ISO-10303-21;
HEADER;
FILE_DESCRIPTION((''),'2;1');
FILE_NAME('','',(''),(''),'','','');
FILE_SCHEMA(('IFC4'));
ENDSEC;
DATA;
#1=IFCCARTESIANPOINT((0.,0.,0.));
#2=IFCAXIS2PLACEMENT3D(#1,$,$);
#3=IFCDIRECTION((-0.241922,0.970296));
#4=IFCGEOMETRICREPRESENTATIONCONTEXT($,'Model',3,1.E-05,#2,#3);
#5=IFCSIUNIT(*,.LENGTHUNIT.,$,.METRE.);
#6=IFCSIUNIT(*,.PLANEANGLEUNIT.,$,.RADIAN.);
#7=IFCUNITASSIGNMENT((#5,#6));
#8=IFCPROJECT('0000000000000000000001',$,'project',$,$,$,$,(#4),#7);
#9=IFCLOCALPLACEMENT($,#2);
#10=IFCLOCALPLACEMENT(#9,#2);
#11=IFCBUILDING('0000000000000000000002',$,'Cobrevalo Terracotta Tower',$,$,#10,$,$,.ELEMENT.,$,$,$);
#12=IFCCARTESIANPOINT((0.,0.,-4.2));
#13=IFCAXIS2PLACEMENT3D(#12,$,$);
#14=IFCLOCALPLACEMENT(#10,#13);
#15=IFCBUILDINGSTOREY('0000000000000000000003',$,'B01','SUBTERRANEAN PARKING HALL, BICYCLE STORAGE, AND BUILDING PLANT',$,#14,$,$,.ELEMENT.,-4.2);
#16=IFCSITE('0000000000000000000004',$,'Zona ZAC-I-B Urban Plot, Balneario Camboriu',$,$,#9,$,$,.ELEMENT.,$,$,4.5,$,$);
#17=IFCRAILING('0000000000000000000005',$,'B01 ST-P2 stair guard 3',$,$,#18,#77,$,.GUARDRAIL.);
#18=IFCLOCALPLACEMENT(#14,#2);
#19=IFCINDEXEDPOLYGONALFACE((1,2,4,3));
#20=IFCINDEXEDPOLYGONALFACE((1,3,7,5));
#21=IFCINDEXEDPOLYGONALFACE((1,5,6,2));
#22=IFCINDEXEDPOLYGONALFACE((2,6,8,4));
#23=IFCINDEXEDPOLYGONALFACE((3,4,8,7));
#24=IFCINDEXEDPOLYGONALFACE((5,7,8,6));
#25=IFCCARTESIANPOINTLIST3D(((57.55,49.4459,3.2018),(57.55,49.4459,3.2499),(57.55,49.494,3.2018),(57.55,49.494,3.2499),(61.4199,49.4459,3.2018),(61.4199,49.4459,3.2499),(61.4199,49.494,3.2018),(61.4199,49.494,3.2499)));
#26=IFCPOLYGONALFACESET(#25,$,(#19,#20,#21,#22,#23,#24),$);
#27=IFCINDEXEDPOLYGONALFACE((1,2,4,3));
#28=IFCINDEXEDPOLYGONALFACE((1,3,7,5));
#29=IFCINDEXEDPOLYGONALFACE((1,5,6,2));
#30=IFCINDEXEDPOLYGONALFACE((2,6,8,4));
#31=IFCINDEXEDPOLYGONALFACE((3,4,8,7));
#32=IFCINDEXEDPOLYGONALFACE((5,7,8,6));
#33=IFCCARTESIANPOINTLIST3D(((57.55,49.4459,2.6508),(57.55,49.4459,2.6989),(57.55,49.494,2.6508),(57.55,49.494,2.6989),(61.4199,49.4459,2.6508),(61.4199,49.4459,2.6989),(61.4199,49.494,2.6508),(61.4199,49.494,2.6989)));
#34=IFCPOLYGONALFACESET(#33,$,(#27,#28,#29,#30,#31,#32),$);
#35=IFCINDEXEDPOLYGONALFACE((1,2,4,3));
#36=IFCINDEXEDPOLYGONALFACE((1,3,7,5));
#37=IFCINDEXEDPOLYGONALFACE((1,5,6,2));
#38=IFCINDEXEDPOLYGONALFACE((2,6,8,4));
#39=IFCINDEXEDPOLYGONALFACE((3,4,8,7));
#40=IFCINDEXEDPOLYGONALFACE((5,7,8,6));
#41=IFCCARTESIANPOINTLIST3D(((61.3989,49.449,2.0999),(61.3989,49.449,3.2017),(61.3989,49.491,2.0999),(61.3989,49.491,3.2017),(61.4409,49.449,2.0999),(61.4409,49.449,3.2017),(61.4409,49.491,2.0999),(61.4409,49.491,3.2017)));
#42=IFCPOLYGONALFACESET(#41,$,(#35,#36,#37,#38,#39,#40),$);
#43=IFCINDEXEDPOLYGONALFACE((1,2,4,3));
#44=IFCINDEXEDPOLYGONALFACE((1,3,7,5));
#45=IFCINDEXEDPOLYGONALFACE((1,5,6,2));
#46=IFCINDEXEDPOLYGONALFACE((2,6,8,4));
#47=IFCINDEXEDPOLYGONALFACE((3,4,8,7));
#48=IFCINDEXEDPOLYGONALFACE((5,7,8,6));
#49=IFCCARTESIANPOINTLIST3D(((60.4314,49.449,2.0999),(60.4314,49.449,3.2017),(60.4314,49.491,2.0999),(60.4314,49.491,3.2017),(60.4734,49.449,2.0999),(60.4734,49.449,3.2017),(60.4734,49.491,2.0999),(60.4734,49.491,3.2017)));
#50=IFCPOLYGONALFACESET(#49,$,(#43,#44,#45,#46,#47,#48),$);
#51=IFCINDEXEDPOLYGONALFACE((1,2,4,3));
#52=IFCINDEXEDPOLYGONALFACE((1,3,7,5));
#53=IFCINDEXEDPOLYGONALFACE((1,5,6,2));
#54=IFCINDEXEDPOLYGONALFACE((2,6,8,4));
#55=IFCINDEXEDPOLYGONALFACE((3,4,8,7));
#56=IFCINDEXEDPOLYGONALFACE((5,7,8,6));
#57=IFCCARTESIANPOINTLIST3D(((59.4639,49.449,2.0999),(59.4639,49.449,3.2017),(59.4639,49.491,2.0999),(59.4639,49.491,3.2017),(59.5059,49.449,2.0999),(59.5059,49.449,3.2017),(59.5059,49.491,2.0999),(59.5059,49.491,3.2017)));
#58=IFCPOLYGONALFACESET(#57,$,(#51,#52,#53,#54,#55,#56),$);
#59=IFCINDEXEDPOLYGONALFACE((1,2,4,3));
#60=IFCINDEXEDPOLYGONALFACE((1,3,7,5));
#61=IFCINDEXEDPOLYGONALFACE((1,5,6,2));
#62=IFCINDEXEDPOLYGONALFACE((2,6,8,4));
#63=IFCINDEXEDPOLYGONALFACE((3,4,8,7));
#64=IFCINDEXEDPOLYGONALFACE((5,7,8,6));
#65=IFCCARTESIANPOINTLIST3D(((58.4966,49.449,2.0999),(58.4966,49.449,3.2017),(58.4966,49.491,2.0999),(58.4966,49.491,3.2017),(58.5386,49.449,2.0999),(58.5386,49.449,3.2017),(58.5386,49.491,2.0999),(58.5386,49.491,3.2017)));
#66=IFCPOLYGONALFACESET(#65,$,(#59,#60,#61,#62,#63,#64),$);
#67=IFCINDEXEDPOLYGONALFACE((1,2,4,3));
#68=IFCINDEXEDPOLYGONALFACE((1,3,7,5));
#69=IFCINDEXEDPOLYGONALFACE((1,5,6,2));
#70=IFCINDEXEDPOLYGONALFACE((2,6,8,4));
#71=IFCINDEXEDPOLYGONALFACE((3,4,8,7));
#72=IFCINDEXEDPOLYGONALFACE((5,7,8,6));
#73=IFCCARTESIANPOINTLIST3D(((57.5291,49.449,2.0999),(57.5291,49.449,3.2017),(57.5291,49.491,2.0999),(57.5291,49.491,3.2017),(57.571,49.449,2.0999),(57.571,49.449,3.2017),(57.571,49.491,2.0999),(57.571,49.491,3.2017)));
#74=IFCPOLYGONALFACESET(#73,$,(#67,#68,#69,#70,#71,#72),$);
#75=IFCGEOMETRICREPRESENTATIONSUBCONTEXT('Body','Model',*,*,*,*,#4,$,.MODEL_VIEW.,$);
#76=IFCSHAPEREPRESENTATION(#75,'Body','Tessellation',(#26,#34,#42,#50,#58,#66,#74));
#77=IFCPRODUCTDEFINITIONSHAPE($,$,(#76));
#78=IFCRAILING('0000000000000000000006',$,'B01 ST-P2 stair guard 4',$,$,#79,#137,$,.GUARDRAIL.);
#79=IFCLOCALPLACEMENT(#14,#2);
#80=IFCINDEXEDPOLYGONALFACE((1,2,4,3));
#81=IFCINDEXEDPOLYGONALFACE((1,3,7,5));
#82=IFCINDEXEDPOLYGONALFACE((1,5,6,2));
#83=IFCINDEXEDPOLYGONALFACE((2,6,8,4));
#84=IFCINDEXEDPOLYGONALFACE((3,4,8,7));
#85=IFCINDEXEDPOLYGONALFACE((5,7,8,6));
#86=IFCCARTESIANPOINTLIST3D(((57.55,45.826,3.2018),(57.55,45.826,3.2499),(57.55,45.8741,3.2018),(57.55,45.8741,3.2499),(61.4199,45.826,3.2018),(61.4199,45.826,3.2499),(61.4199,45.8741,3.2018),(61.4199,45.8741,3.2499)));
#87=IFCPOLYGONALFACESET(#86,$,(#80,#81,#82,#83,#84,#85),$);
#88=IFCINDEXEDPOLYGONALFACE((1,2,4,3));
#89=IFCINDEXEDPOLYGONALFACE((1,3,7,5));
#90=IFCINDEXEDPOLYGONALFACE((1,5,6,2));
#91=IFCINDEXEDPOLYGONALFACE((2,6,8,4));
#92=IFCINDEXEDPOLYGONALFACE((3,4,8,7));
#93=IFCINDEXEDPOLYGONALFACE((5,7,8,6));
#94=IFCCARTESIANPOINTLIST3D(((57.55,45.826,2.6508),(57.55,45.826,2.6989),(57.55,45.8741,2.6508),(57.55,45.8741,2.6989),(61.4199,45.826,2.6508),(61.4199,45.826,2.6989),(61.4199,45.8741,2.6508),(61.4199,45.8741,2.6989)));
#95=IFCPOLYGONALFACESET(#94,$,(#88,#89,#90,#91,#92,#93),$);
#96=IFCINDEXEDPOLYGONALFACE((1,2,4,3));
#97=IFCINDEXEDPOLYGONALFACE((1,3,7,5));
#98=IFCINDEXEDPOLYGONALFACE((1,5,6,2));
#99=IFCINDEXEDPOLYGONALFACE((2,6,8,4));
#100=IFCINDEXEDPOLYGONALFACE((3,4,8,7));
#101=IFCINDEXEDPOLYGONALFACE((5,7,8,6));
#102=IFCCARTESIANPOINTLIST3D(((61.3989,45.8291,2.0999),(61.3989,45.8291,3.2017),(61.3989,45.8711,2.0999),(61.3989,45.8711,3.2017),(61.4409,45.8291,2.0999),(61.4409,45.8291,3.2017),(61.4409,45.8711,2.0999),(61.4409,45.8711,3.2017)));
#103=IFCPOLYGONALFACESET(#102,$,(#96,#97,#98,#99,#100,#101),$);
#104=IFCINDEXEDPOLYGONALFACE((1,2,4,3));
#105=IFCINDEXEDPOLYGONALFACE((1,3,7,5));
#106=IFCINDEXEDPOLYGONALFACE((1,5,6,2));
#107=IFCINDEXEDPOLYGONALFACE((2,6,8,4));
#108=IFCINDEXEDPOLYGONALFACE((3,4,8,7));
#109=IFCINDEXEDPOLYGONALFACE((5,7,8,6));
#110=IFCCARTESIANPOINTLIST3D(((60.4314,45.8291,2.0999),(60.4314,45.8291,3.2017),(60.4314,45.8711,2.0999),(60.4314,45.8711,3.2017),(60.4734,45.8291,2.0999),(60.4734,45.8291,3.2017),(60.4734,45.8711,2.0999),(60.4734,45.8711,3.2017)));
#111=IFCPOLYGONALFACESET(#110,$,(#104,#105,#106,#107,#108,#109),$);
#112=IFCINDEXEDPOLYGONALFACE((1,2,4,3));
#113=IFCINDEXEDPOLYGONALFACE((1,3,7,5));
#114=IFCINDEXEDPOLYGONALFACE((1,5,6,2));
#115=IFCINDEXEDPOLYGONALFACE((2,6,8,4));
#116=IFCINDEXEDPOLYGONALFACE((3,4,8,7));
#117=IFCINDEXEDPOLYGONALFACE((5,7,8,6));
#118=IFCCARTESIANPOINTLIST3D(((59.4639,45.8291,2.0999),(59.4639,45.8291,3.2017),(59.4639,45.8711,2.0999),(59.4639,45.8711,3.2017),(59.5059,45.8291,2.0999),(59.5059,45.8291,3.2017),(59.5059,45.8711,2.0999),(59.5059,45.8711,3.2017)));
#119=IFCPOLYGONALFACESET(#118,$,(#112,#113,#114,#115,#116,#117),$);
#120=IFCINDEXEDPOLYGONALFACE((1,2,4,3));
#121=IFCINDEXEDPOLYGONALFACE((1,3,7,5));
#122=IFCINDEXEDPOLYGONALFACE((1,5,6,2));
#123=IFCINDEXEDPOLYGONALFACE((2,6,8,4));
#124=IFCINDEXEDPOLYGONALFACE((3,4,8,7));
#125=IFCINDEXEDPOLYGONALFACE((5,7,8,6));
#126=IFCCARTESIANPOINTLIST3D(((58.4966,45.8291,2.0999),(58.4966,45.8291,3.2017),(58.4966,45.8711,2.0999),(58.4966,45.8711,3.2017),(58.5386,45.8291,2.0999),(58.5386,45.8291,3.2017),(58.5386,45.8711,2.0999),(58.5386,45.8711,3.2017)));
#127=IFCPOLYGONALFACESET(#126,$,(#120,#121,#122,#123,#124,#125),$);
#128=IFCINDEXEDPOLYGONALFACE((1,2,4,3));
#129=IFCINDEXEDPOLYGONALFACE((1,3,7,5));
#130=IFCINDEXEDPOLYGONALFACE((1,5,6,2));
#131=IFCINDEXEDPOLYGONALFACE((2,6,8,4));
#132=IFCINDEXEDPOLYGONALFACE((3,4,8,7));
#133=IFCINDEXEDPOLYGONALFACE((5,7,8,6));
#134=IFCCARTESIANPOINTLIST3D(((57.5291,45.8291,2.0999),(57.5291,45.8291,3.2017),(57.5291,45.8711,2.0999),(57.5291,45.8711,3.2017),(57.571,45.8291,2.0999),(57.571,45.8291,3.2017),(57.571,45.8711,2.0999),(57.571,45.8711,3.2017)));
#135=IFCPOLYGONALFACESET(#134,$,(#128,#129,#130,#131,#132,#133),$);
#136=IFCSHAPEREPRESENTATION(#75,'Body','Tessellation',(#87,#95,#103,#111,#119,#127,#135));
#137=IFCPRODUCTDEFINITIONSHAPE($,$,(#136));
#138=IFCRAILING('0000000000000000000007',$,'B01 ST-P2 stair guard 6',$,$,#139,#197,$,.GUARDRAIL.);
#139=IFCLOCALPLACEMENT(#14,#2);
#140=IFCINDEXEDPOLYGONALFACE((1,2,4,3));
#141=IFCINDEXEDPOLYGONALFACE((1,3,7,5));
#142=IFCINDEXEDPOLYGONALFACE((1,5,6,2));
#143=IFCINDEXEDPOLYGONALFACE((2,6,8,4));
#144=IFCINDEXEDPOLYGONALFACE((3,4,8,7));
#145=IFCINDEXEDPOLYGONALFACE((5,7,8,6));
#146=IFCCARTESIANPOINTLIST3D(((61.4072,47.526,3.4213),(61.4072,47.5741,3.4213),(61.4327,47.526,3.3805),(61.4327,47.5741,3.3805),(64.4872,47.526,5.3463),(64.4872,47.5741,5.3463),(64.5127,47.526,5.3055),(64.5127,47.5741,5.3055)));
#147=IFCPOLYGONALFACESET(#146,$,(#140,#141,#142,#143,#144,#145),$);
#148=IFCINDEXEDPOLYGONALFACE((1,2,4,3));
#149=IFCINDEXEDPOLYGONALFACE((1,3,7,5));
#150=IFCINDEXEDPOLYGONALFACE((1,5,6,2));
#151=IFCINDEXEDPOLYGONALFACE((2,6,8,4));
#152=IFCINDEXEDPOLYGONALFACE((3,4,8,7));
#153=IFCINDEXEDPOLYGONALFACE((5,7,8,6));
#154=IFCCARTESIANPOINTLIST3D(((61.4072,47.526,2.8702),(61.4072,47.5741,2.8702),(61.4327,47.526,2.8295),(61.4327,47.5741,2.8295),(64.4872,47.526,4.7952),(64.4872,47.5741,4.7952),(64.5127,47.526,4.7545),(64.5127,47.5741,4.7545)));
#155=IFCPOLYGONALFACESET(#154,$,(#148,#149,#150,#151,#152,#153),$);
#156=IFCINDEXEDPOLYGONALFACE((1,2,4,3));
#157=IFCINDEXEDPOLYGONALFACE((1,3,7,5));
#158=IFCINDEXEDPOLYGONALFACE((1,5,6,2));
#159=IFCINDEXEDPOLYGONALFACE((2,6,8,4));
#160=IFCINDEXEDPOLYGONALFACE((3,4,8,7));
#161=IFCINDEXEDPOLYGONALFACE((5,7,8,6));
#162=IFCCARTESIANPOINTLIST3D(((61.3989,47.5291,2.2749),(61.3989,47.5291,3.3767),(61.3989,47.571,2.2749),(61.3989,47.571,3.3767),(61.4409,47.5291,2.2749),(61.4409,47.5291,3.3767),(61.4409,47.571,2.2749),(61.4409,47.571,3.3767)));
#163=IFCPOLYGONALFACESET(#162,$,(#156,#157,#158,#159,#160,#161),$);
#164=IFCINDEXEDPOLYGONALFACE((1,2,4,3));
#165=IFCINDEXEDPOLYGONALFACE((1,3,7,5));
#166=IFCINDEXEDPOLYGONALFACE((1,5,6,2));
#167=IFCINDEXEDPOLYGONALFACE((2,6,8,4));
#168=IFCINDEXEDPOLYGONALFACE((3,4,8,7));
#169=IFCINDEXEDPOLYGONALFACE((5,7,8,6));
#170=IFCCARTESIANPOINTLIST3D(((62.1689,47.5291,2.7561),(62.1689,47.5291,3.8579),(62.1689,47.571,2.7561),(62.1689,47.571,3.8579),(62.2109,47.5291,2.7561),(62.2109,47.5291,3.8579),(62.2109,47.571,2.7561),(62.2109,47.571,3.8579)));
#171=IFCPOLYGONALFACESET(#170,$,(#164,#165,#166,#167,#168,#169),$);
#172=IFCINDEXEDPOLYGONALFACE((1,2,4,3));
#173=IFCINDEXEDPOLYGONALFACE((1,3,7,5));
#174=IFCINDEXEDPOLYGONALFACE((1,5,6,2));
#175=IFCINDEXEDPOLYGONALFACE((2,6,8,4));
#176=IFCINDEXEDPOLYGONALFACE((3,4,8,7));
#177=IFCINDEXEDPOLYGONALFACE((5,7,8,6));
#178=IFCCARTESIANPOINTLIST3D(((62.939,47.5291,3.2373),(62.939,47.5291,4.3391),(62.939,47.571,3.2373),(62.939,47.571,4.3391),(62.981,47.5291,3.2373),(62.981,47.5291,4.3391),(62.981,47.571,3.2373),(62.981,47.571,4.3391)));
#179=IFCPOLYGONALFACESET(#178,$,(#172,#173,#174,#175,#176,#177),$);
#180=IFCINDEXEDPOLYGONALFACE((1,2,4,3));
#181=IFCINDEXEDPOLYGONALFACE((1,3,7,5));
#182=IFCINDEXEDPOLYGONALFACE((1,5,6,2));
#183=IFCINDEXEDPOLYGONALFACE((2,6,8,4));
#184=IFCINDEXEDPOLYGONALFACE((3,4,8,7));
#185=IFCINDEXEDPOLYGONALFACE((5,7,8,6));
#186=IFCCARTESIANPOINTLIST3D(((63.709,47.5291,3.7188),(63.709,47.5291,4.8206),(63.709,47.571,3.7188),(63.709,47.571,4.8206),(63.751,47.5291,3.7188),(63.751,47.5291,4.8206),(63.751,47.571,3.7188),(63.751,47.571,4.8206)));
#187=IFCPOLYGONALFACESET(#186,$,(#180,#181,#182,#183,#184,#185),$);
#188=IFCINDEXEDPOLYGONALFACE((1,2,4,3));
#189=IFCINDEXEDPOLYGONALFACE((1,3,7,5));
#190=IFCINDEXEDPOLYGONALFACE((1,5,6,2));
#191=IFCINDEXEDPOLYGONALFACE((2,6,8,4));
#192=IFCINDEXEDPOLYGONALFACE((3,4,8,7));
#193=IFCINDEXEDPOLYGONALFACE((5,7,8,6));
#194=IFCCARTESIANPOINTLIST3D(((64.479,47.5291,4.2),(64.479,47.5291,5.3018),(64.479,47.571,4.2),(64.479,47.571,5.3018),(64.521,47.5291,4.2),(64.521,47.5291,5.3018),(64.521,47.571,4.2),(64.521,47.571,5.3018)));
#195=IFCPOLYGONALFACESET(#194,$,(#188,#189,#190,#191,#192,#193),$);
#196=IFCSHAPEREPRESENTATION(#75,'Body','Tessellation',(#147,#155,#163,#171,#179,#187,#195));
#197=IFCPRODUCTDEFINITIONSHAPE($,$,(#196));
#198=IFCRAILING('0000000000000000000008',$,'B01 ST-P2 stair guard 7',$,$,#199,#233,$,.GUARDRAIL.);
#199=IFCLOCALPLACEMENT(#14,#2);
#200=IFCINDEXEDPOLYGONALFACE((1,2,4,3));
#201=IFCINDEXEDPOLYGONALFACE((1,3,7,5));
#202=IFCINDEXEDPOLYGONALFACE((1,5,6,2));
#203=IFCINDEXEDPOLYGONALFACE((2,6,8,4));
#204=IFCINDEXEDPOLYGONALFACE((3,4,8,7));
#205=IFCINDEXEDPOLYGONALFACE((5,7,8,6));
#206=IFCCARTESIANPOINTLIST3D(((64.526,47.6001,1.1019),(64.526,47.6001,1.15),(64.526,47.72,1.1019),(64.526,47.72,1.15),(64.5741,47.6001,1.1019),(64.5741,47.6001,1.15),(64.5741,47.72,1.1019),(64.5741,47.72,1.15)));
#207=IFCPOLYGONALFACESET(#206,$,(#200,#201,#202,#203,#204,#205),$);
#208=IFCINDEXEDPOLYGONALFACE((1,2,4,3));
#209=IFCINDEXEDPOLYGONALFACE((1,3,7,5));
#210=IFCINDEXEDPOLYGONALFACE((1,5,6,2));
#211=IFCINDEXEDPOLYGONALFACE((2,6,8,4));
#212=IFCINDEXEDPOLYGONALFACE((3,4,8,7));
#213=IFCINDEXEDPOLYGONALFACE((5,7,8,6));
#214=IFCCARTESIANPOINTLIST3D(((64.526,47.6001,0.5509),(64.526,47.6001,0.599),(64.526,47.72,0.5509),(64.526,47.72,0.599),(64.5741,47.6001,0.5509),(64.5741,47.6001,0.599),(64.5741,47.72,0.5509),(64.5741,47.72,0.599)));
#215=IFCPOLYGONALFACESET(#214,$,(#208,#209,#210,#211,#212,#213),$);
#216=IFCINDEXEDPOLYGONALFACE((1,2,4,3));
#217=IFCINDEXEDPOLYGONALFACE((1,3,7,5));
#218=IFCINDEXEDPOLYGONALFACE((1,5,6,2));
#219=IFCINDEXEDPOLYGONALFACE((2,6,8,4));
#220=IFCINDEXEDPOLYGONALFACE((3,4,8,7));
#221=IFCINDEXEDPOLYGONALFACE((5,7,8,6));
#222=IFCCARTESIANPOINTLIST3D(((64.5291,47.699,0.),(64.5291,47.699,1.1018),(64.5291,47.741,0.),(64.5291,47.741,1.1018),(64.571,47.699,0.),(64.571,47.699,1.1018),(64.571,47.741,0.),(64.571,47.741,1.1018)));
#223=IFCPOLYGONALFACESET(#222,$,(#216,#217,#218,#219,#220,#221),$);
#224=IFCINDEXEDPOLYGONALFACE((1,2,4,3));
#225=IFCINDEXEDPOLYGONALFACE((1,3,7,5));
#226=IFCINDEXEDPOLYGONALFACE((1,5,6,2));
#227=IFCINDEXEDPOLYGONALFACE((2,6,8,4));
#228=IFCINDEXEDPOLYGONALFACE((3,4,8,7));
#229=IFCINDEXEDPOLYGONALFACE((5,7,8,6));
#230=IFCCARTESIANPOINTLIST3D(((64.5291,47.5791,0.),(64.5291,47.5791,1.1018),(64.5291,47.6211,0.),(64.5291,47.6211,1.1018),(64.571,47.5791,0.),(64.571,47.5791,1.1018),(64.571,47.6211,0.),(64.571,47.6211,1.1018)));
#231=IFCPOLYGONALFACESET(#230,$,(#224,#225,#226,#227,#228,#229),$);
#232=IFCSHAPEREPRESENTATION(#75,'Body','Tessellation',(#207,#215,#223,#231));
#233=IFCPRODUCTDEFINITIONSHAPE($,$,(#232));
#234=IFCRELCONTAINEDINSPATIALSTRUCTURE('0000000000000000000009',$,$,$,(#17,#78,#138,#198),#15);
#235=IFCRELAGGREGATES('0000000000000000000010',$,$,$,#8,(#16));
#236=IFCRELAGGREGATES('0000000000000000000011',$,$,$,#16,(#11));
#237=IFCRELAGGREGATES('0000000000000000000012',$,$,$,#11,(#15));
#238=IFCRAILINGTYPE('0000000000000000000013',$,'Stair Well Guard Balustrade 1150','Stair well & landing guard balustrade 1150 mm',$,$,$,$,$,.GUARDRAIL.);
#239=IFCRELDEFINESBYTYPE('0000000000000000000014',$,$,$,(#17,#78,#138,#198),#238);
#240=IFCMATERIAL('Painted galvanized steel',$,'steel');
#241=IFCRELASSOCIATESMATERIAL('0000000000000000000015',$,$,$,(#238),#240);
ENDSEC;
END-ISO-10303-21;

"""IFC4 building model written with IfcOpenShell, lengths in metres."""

from ifc_helpers import new_model, si_unit, direction, frame, origin, origin_2d, place, context, subcontext, project, spatial, rectangle, extrude, material, type_object, element, save


model = new_model("IFC4")

# Units and contexts
model_context = context("Model", 3, precision=1e-05, world=origin(), true_north=direction((-0.241922, 0.970296)))
body_context = subcontext(model_context, "Body", "Model", "MODEL_VIEW")
ifc_project = project(units=[si_unit("LENGTHUNIT", "METRE"), si_unit("PLANEANGLEUNIT", "RADIAN")], contexts=[model_context])

# Site, building, storey
site_placement = place(None, origin())
site = spatial("IfcSite", under=ifc_project, at=site_placement, Name="Zona ZAC-I-B Urban Plot, Balneario Camboriu", CompositionType="ELEMENT", RefElevation=4.5)
building_placement = place(site_placement, origin())
building = spatial("IfcBuilding", under=site, at=building_placement, Name="Cobrevalo Terracotta Tower", CompositionType="ELEMENT")
storey_placement = place(building_placement, frame((0.0, 0.0, -4.2)))
storey = spatial("IfcBuildingStorey", under=building, at=storey_placement, Name="B01", Description="SUBTERRANEAN PARKING HALL, BICYCLE STORAGE, AND BUILDING PLANT", CompositionType="ELEMENT", Elevation=-4.2)

# Railings
ifc_material_1 = material(Name="Painted galvanized steel", Category="steel")
railing_type_1 = type_object("IfcRailingType", Name="Stair Well Guard Balustrade 1150", Description="Stair well & landing guard balustrade 1150 mm", PredefinedType="GUARDRAIL", material=ifc_material_1)
for number, where, name in (
    (1, (61.4199, 49.47, 2.0999), "B01 ST-P2 stair guard 3"),
    (2, (61.4199, 45.8501, 2.0999), "B01 ST-P2 stair guard 4"),
):
    element("IfcRailing", number, at=place(storey_placement, frame(where)), inside=storey, type_object=railing_type_1, Name=name, PredefinedType="GUARDRAIL", context=body_context, shape_type="SweptSolid", body=[
        extrude(rectangle(XDim=0.0481, YDim=0.0481, at=origin_2d()), frame((0.0, 0.0, 1.126), z_axis=(-1.0, 0.0, 0.0), x_axis=(0.0, -1.0, 0.0)), (0.0, 0.0, 1.0), 3.8699),
        extrude(rectangle(XDim=0.0481, YDim=0.0481, at=origin_2d()), frame((0.0, 0.0, 0.575), z_axis=(-1.0, 0.0, 0.0), x_axis=(0.0, -1.0, 0.0)), (0.0, 0.0, 1.0), 3.8699),
        extrude(rectangle(XDim=0.042, YDim=0.042, at=origin_2d()), origin(), (0.0, 0.0, 1.0), 1.1018),
        extrude(rectangle(XDim=0.042, YDim=0.042, at=origin_2d()), frame((-0.9675, 0.0, 0.0)), (0.0, 0.0, 1.0), 1.1018),
        extrude(rectangle(XDim=0.042, YDim=0.042, at=origin_2d()), frame((-1.9351, 0.0, 0.0)), (0.0, 0.0, 1.0), 1.1018),
        extrude(rectangle(XDim=0.042, YDim=0.042, at=origin_2d()), frame((-2.9023, 0.0, 0.0)), (0.0, 0.0, 1.0), 1.1018),
        extrude(rectangle(XDim=0.042, YDim=0.042, at=origin_2d()), frame((-3.8699, 0.0, 0.0)), (0.0, 0.0, 1.0), 1.1018),
    ])
railing_1_placement = place(storey_placement, frame((61.4199, 47.55, 2.2749)))
element("IfcRailing", 3, at=railing_1_placement, inside=storey, type_object=railing_type_1, Name="B01 ST-P2 stair guard 6", PredefinedType="GUARDRAIL", context=body_context, shape_type="SweptSolid", body=[
    extrude(rectangle(XDim=0.0481, YDim=0.0481, at=origin_2d()), frame((0.0, 0.0, 1.126), z_axis=(0.847998, 0.0, 0.529999), x_axis=(0.0, 1.0, 0.0)), (0.0, 0.0, 1.0), 3.6321),
    extrude(rectangle(XDim=0.0481, YDim=0.0481, at=origin_2d()), frame((0.0, 0.0, 0.575), z_axis=(0.847998, 0.0, 0.529999), x_axis=(0.0, 1.0, 0.0)), (0.0, 0.0, 1.0), 3.6321),
    extrude(rectangle(XDim=0.042, YDim=0.042, at=origin_2d()), origin(), (0.0, 0.0, 1.0), 1.1018),
    extrude(rectangle(XDim=0.042, YDim=0.042, at=origin_2d()), frame((0.77, 0.0, 0.4812)), (0.0, 0.0, 1.0), 1.1018),
    extrude(rectangle(XDim=0.042, YDim=0.042, at=origin_2d()), frame((1.54, 0.0, 0.9624)), (0.0, 0.0, 1.0), 1.1018),
    extrude(rectangle(XDim=0.042, YDim=0.042, at=origin_2d()), frame((2.3101, 0.0, 1.4438)), (0.0, 0.0, 1.0), 1.1018),
    extrude(rectangle(XDim=0.042, YDim=0.042, at=origin_2d()), frame((3.0801, 0.0, 1.925)), (0.0, 0.0, 1.0), 1.1018),
])
railing_2_placement = place(storey_placement, frame((64.55, 47.72, 0.0)))
element("IfcRailing", 4, at=railing_2_placement, inside=storey, type_object=railing_type_1, Name="B01 ST-P2 stair guard 7", PredefinedType="GUARDRAIL", context=body_context, shape_type="SweptSolid", body=[
    extrude(rectangle(XDim=0.0481, YDim=0.0481, at=origin_2d()), frame((0.0, 0.0, 1.126), z_axis=(0.0, -1.0, 0.0), x_axis=(1.0, 0.0, 0.0)), (0.0, 0.0, 1.0), 0.1199),
    extrude(rectangle(XDim=0.0481, YDim=0.0481, at=origin_2d()), frame((0.0, 0.0, 0.575), z_axis=(0.0, -1.0, 0.0), x_axis=(1.0, 0.0, 0.0)), (0.0, 0.0, 1.0), 0.1199),
    extrude(rectangle(XDim=0.042, YDim=0.042, at=origin_2d()), origin(), (0.0, 0.0, 1.0), 1.1018),
    extrude(rectangle(XDim=0.042, YDim=0.042, at=origin_2d()), frame((0.0, -0.1199, 0.0)), (0.0, 0.0, 1.0), 1.1018),
])

save(model, "model.ifc")
